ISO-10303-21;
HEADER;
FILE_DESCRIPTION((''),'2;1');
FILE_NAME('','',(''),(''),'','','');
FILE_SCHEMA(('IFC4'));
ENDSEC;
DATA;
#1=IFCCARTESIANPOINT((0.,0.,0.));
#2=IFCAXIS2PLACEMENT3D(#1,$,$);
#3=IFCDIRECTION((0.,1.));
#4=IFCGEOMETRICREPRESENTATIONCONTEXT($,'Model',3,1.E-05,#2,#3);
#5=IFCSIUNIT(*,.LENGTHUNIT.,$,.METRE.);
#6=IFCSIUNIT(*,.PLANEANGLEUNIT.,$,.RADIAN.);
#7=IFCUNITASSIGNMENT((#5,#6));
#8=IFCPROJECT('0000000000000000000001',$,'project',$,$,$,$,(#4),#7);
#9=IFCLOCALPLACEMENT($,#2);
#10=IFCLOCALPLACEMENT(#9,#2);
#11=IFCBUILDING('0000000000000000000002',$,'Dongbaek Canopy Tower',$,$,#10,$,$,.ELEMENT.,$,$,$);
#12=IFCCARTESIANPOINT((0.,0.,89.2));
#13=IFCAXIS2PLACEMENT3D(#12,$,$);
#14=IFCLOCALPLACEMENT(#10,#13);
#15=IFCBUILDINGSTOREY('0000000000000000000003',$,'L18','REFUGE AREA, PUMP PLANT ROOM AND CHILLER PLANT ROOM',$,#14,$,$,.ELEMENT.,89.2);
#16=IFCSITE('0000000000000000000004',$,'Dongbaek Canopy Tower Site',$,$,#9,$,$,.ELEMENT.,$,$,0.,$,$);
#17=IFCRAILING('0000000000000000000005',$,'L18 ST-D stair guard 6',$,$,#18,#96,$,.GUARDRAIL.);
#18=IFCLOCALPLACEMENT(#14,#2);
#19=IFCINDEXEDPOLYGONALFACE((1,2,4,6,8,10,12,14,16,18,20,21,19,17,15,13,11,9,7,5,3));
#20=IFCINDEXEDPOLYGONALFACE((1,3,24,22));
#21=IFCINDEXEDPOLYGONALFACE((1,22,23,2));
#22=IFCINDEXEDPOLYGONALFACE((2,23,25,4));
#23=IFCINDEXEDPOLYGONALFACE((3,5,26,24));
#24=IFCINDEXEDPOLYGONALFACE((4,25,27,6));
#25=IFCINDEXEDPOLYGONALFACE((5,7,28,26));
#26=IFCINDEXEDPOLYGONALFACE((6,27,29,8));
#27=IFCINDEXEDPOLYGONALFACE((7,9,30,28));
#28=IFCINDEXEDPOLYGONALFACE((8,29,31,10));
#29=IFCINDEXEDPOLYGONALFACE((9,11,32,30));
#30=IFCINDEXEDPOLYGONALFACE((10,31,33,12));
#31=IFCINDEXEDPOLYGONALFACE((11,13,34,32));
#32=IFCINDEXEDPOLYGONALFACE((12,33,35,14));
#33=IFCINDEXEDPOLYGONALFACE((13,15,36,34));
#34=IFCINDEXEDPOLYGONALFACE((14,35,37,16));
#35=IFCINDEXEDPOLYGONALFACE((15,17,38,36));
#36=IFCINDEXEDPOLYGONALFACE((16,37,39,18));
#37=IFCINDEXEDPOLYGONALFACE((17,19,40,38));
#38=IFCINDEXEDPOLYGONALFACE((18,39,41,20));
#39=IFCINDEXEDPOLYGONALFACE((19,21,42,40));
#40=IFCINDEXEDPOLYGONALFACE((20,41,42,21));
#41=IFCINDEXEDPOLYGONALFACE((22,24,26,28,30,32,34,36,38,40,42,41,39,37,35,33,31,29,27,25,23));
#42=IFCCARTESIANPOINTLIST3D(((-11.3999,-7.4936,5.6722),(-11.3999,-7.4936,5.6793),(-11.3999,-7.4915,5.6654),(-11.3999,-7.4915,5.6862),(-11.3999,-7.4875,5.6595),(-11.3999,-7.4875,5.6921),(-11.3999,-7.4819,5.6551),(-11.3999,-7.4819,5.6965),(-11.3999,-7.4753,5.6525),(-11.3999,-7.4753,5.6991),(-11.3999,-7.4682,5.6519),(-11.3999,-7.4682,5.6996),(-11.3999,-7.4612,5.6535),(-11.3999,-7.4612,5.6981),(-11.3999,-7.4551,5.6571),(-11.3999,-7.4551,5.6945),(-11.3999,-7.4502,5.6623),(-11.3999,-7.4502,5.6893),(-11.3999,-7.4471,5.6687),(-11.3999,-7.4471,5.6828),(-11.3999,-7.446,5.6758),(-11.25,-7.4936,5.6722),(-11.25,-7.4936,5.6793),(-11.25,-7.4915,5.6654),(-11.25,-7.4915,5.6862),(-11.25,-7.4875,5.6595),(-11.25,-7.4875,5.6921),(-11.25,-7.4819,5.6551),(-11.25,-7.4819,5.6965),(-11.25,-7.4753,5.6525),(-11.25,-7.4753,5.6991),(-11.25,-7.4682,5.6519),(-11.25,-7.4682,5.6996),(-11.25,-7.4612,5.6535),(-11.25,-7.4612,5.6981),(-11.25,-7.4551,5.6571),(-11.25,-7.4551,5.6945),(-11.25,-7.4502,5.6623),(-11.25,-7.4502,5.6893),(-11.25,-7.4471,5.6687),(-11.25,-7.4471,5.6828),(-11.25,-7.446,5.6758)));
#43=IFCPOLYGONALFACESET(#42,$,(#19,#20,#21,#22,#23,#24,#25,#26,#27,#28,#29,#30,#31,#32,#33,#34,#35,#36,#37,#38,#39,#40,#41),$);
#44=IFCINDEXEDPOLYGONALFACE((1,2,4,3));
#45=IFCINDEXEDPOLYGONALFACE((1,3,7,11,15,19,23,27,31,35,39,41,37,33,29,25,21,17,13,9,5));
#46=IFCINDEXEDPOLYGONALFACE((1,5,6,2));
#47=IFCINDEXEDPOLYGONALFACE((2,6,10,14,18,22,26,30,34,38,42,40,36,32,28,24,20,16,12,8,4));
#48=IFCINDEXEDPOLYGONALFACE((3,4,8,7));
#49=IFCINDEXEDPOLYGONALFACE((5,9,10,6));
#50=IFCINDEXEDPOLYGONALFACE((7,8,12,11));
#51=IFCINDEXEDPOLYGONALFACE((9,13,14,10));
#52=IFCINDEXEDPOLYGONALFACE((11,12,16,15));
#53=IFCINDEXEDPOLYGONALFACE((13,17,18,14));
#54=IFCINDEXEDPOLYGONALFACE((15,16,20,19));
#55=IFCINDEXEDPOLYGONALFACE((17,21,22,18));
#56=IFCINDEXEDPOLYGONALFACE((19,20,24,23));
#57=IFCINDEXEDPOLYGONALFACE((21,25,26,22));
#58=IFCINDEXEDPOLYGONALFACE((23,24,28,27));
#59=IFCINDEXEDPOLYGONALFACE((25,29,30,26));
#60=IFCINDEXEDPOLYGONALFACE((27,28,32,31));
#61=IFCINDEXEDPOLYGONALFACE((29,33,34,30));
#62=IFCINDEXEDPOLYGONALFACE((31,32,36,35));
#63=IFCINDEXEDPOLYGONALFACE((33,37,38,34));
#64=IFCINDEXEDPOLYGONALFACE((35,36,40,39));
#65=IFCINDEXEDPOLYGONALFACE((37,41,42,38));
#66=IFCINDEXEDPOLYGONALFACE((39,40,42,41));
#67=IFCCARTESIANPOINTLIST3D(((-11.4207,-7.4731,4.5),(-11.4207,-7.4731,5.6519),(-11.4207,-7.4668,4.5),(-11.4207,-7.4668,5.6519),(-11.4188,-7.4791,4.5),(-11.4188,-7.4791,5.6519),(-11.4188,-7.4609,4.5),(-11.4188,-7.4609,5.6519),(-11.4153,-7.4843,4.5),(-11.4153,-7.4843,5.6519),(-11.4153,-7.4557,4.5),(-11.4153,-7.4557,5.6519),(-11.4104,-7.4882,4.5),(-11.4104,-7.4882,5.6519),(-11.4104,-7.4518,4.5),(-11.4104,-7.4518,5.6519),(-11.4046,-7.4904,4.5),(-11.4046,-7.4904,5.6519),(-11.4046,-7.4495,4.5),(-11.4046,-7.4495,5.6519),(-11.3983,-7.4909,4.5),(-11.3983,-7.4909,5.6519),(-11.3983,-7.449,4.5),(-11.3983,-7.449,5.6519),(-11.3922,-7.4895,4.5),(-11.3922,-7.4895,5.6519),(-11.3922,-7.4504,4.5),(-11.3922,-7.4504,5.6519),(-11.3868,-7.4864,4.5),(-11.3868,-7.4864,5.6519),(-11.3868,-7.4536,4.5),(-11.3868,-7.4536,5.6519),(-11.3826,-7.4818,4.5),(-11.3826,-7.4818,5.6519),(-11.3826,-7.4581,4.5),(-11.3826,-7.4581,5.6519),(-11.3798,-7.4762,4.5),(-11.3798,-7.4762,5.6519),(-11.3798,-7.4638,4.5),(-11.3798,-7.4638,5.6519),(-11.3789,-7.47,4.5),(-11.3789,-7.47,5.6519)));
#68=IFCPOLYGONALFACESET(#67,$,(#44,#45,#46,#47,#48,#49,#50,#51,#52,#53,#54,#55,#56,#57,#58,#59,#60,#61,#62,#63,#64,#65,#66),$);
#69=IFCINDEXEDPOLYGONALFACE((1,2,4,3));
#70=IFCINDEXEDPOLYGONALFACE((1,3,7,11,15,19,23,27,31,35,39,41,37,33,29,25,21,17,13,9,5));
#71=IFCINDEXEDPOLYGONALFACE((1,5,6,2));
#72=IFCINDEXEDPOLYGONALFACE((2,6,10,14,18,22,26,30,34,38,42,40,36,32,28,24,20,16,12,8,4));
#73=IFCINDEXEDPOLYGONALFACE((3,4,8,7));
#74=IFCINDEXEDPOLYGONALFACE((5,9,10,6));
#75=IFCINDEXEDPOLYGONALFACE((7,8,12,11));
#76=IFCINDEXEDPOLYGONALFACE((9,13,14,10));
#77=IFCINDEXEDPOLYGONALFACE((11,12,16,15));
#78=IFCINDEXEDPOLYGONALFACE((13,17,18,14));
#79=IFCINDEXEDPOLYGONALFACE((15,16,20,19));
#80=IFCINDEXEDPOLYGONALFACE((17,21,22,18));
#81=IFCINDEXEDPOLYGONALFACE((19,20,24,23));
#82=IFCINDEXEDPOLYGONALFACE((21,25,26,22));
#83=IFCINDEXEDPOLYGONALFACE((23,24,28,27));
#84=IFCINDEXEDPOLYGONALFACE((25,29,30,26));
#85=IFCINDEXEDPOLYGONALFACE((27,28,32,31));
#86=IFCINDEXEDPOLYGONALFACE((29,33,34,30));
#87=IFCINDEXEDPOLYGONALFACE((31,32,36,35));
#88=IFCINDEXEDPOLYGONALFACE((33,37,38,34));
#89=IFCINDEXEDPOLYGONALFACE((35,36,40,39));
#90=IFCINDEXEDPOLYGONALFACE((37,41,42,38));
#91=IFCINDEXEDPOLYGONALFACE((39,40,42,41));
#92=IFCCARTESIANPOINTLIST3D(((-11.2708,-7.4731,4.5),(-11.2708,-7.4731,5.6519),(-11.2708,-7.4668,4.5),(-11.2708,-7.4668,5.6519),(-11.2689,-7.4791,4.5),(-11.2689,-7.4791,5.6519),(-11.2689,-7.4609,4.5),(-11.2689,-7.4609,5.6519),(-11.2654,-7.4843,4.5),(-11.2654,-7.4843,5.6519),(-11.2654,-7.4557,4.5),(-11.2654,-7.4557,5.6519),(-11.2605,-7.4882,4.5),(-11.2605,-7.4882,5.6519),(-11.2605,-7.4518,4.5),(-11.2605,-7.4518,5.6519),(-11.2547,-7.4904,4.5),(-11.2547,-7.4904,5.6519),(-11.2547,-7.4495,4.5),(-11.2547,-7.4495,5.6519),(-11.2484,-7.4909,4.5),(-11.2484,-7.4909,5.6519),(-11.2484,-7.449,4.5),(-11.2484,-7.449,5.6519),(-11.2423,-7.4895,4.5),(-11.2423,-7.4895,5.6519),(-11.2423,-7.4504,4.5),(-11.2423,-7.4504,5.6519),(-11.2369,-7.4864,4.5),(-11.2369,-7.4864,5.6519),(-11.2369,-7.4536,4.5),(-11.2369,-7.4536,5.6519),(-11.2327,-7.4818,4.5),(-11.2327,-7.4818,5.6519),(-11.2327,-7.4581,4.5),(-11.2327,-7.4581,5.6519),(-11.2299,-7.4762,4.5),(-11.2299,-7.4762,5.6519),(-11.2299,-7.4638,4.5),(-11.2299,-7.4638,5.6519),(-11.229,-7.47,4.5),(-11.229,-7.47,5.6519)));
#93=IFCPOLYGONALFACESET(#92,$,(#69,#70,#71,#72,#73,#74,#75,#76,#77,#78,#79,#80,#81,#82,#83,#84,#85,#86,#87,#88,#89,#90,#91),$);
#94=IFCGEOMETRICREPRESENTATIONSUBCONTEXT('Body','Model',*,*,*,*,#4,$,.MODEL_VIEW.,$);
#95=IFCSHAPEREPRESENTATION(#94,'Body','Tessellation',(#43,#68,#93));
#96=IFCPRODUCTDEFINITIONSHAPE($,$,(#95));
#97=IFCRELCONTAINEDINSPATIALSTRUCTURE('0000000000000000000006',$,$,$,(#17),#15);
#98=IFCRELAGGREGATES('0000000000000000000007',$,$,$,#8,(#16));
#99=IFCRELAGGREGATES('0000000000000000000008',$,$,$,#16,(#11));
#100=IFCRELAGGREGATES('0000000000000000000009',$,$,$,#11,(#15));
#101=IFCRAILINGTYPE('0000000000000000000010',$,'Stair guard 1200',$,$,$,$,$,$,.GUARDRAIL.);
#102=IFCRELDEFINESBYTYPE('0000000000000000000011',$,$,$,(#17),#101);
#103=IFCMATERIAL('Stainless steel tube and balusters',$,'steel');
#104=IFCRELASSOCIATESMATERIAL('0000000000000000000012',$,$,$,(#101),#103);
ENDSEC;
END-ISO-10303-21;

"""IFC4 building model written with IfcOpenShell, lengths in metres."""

from ifc_helpers import new_model, si_unit, direction, frame, origin, origin_2d, place, context, subcontext, project, spatial, circle, extrude, material, type_object, element, save


model = new_model("IFC4")

# Units and contexts
model_context = context("Model", 3, precision=1e-05, world=origin(), true_north=direction((0.0, 1.0)))
body_context = subcontext(model_context, "Body", "Model", "MODEL_VIEW")
ifc_project = project(units=[si_unit("LENGTHUNIT", "METRE"), si_unit("PLANEANGLEUNIT", "RADIAN")], contexts=[model_context])

# Site, building, storey
site_placement = place(None, origin())
site = spatial("IfcSite", under=ifc_project, at=site_placement, Name="Dongbaek Canopy Tower Site", CompositionType="ELEMENT", RefElevation=0.0)
building_placement = place(site_placement, origin())
building = spatial("IfcBuilding", under=site, at=building_placement, Name="Dongbaek Canopy Tower", CompositionType="ELEMENT")
storey_placement = place(building_placement, frame((0.0, 0.0, 89.2)))
storey = spatial("IfcBuildingStorey", under=building, at=storey_placement, Name="L18", Description="REFUGE AREA, PUMP PLANT ROOM AND CHILLER PLANT ROOM", CompositionType="ELEMENT", Elevation=89.2)

# Railing
ifc_material_1 = material(Name="Stainless steel tube and balusters", Category="steel")
railing_type_1 = type_object("IfcRailingType", Name="Stair guard 1200", PredefinedType="GUARDRAIL", material=ifc_material_1)
railing_1_placement = place(storey_placement, frame((-11.3999, -7.47, 4.5)))
element("IfcRailing", 1, at=railing_1_placement, inside=storey, type_object=railing_type_1, Name="L18 ST-D stair guard 6", PredefinedType="GUARDRAIL", context=body_context, shape_type="SweptSolid", body=[
    extrude(circle(Radius=0.0239, at=origin_2d()), frame((0.0, 0.0, 1.1758), z_axis=(1.0, 0.0, 0.0), x_axis=(0.0, 1.0, 0.0)), (0.0, 0.0, 1.0), 0.1499),
    extrude(circle(Radius=0.021, at=origin_2d()), origin(), (0.0, 0.0, 1.0), 1.1519),
    extrude(circle(Radius=0.021, at=origin_2d()), frame((0.1499, 0.0, 0.0)), (0.0, 0.0, 1.0), 1.1519),
])

save(model, "model.ifc")
